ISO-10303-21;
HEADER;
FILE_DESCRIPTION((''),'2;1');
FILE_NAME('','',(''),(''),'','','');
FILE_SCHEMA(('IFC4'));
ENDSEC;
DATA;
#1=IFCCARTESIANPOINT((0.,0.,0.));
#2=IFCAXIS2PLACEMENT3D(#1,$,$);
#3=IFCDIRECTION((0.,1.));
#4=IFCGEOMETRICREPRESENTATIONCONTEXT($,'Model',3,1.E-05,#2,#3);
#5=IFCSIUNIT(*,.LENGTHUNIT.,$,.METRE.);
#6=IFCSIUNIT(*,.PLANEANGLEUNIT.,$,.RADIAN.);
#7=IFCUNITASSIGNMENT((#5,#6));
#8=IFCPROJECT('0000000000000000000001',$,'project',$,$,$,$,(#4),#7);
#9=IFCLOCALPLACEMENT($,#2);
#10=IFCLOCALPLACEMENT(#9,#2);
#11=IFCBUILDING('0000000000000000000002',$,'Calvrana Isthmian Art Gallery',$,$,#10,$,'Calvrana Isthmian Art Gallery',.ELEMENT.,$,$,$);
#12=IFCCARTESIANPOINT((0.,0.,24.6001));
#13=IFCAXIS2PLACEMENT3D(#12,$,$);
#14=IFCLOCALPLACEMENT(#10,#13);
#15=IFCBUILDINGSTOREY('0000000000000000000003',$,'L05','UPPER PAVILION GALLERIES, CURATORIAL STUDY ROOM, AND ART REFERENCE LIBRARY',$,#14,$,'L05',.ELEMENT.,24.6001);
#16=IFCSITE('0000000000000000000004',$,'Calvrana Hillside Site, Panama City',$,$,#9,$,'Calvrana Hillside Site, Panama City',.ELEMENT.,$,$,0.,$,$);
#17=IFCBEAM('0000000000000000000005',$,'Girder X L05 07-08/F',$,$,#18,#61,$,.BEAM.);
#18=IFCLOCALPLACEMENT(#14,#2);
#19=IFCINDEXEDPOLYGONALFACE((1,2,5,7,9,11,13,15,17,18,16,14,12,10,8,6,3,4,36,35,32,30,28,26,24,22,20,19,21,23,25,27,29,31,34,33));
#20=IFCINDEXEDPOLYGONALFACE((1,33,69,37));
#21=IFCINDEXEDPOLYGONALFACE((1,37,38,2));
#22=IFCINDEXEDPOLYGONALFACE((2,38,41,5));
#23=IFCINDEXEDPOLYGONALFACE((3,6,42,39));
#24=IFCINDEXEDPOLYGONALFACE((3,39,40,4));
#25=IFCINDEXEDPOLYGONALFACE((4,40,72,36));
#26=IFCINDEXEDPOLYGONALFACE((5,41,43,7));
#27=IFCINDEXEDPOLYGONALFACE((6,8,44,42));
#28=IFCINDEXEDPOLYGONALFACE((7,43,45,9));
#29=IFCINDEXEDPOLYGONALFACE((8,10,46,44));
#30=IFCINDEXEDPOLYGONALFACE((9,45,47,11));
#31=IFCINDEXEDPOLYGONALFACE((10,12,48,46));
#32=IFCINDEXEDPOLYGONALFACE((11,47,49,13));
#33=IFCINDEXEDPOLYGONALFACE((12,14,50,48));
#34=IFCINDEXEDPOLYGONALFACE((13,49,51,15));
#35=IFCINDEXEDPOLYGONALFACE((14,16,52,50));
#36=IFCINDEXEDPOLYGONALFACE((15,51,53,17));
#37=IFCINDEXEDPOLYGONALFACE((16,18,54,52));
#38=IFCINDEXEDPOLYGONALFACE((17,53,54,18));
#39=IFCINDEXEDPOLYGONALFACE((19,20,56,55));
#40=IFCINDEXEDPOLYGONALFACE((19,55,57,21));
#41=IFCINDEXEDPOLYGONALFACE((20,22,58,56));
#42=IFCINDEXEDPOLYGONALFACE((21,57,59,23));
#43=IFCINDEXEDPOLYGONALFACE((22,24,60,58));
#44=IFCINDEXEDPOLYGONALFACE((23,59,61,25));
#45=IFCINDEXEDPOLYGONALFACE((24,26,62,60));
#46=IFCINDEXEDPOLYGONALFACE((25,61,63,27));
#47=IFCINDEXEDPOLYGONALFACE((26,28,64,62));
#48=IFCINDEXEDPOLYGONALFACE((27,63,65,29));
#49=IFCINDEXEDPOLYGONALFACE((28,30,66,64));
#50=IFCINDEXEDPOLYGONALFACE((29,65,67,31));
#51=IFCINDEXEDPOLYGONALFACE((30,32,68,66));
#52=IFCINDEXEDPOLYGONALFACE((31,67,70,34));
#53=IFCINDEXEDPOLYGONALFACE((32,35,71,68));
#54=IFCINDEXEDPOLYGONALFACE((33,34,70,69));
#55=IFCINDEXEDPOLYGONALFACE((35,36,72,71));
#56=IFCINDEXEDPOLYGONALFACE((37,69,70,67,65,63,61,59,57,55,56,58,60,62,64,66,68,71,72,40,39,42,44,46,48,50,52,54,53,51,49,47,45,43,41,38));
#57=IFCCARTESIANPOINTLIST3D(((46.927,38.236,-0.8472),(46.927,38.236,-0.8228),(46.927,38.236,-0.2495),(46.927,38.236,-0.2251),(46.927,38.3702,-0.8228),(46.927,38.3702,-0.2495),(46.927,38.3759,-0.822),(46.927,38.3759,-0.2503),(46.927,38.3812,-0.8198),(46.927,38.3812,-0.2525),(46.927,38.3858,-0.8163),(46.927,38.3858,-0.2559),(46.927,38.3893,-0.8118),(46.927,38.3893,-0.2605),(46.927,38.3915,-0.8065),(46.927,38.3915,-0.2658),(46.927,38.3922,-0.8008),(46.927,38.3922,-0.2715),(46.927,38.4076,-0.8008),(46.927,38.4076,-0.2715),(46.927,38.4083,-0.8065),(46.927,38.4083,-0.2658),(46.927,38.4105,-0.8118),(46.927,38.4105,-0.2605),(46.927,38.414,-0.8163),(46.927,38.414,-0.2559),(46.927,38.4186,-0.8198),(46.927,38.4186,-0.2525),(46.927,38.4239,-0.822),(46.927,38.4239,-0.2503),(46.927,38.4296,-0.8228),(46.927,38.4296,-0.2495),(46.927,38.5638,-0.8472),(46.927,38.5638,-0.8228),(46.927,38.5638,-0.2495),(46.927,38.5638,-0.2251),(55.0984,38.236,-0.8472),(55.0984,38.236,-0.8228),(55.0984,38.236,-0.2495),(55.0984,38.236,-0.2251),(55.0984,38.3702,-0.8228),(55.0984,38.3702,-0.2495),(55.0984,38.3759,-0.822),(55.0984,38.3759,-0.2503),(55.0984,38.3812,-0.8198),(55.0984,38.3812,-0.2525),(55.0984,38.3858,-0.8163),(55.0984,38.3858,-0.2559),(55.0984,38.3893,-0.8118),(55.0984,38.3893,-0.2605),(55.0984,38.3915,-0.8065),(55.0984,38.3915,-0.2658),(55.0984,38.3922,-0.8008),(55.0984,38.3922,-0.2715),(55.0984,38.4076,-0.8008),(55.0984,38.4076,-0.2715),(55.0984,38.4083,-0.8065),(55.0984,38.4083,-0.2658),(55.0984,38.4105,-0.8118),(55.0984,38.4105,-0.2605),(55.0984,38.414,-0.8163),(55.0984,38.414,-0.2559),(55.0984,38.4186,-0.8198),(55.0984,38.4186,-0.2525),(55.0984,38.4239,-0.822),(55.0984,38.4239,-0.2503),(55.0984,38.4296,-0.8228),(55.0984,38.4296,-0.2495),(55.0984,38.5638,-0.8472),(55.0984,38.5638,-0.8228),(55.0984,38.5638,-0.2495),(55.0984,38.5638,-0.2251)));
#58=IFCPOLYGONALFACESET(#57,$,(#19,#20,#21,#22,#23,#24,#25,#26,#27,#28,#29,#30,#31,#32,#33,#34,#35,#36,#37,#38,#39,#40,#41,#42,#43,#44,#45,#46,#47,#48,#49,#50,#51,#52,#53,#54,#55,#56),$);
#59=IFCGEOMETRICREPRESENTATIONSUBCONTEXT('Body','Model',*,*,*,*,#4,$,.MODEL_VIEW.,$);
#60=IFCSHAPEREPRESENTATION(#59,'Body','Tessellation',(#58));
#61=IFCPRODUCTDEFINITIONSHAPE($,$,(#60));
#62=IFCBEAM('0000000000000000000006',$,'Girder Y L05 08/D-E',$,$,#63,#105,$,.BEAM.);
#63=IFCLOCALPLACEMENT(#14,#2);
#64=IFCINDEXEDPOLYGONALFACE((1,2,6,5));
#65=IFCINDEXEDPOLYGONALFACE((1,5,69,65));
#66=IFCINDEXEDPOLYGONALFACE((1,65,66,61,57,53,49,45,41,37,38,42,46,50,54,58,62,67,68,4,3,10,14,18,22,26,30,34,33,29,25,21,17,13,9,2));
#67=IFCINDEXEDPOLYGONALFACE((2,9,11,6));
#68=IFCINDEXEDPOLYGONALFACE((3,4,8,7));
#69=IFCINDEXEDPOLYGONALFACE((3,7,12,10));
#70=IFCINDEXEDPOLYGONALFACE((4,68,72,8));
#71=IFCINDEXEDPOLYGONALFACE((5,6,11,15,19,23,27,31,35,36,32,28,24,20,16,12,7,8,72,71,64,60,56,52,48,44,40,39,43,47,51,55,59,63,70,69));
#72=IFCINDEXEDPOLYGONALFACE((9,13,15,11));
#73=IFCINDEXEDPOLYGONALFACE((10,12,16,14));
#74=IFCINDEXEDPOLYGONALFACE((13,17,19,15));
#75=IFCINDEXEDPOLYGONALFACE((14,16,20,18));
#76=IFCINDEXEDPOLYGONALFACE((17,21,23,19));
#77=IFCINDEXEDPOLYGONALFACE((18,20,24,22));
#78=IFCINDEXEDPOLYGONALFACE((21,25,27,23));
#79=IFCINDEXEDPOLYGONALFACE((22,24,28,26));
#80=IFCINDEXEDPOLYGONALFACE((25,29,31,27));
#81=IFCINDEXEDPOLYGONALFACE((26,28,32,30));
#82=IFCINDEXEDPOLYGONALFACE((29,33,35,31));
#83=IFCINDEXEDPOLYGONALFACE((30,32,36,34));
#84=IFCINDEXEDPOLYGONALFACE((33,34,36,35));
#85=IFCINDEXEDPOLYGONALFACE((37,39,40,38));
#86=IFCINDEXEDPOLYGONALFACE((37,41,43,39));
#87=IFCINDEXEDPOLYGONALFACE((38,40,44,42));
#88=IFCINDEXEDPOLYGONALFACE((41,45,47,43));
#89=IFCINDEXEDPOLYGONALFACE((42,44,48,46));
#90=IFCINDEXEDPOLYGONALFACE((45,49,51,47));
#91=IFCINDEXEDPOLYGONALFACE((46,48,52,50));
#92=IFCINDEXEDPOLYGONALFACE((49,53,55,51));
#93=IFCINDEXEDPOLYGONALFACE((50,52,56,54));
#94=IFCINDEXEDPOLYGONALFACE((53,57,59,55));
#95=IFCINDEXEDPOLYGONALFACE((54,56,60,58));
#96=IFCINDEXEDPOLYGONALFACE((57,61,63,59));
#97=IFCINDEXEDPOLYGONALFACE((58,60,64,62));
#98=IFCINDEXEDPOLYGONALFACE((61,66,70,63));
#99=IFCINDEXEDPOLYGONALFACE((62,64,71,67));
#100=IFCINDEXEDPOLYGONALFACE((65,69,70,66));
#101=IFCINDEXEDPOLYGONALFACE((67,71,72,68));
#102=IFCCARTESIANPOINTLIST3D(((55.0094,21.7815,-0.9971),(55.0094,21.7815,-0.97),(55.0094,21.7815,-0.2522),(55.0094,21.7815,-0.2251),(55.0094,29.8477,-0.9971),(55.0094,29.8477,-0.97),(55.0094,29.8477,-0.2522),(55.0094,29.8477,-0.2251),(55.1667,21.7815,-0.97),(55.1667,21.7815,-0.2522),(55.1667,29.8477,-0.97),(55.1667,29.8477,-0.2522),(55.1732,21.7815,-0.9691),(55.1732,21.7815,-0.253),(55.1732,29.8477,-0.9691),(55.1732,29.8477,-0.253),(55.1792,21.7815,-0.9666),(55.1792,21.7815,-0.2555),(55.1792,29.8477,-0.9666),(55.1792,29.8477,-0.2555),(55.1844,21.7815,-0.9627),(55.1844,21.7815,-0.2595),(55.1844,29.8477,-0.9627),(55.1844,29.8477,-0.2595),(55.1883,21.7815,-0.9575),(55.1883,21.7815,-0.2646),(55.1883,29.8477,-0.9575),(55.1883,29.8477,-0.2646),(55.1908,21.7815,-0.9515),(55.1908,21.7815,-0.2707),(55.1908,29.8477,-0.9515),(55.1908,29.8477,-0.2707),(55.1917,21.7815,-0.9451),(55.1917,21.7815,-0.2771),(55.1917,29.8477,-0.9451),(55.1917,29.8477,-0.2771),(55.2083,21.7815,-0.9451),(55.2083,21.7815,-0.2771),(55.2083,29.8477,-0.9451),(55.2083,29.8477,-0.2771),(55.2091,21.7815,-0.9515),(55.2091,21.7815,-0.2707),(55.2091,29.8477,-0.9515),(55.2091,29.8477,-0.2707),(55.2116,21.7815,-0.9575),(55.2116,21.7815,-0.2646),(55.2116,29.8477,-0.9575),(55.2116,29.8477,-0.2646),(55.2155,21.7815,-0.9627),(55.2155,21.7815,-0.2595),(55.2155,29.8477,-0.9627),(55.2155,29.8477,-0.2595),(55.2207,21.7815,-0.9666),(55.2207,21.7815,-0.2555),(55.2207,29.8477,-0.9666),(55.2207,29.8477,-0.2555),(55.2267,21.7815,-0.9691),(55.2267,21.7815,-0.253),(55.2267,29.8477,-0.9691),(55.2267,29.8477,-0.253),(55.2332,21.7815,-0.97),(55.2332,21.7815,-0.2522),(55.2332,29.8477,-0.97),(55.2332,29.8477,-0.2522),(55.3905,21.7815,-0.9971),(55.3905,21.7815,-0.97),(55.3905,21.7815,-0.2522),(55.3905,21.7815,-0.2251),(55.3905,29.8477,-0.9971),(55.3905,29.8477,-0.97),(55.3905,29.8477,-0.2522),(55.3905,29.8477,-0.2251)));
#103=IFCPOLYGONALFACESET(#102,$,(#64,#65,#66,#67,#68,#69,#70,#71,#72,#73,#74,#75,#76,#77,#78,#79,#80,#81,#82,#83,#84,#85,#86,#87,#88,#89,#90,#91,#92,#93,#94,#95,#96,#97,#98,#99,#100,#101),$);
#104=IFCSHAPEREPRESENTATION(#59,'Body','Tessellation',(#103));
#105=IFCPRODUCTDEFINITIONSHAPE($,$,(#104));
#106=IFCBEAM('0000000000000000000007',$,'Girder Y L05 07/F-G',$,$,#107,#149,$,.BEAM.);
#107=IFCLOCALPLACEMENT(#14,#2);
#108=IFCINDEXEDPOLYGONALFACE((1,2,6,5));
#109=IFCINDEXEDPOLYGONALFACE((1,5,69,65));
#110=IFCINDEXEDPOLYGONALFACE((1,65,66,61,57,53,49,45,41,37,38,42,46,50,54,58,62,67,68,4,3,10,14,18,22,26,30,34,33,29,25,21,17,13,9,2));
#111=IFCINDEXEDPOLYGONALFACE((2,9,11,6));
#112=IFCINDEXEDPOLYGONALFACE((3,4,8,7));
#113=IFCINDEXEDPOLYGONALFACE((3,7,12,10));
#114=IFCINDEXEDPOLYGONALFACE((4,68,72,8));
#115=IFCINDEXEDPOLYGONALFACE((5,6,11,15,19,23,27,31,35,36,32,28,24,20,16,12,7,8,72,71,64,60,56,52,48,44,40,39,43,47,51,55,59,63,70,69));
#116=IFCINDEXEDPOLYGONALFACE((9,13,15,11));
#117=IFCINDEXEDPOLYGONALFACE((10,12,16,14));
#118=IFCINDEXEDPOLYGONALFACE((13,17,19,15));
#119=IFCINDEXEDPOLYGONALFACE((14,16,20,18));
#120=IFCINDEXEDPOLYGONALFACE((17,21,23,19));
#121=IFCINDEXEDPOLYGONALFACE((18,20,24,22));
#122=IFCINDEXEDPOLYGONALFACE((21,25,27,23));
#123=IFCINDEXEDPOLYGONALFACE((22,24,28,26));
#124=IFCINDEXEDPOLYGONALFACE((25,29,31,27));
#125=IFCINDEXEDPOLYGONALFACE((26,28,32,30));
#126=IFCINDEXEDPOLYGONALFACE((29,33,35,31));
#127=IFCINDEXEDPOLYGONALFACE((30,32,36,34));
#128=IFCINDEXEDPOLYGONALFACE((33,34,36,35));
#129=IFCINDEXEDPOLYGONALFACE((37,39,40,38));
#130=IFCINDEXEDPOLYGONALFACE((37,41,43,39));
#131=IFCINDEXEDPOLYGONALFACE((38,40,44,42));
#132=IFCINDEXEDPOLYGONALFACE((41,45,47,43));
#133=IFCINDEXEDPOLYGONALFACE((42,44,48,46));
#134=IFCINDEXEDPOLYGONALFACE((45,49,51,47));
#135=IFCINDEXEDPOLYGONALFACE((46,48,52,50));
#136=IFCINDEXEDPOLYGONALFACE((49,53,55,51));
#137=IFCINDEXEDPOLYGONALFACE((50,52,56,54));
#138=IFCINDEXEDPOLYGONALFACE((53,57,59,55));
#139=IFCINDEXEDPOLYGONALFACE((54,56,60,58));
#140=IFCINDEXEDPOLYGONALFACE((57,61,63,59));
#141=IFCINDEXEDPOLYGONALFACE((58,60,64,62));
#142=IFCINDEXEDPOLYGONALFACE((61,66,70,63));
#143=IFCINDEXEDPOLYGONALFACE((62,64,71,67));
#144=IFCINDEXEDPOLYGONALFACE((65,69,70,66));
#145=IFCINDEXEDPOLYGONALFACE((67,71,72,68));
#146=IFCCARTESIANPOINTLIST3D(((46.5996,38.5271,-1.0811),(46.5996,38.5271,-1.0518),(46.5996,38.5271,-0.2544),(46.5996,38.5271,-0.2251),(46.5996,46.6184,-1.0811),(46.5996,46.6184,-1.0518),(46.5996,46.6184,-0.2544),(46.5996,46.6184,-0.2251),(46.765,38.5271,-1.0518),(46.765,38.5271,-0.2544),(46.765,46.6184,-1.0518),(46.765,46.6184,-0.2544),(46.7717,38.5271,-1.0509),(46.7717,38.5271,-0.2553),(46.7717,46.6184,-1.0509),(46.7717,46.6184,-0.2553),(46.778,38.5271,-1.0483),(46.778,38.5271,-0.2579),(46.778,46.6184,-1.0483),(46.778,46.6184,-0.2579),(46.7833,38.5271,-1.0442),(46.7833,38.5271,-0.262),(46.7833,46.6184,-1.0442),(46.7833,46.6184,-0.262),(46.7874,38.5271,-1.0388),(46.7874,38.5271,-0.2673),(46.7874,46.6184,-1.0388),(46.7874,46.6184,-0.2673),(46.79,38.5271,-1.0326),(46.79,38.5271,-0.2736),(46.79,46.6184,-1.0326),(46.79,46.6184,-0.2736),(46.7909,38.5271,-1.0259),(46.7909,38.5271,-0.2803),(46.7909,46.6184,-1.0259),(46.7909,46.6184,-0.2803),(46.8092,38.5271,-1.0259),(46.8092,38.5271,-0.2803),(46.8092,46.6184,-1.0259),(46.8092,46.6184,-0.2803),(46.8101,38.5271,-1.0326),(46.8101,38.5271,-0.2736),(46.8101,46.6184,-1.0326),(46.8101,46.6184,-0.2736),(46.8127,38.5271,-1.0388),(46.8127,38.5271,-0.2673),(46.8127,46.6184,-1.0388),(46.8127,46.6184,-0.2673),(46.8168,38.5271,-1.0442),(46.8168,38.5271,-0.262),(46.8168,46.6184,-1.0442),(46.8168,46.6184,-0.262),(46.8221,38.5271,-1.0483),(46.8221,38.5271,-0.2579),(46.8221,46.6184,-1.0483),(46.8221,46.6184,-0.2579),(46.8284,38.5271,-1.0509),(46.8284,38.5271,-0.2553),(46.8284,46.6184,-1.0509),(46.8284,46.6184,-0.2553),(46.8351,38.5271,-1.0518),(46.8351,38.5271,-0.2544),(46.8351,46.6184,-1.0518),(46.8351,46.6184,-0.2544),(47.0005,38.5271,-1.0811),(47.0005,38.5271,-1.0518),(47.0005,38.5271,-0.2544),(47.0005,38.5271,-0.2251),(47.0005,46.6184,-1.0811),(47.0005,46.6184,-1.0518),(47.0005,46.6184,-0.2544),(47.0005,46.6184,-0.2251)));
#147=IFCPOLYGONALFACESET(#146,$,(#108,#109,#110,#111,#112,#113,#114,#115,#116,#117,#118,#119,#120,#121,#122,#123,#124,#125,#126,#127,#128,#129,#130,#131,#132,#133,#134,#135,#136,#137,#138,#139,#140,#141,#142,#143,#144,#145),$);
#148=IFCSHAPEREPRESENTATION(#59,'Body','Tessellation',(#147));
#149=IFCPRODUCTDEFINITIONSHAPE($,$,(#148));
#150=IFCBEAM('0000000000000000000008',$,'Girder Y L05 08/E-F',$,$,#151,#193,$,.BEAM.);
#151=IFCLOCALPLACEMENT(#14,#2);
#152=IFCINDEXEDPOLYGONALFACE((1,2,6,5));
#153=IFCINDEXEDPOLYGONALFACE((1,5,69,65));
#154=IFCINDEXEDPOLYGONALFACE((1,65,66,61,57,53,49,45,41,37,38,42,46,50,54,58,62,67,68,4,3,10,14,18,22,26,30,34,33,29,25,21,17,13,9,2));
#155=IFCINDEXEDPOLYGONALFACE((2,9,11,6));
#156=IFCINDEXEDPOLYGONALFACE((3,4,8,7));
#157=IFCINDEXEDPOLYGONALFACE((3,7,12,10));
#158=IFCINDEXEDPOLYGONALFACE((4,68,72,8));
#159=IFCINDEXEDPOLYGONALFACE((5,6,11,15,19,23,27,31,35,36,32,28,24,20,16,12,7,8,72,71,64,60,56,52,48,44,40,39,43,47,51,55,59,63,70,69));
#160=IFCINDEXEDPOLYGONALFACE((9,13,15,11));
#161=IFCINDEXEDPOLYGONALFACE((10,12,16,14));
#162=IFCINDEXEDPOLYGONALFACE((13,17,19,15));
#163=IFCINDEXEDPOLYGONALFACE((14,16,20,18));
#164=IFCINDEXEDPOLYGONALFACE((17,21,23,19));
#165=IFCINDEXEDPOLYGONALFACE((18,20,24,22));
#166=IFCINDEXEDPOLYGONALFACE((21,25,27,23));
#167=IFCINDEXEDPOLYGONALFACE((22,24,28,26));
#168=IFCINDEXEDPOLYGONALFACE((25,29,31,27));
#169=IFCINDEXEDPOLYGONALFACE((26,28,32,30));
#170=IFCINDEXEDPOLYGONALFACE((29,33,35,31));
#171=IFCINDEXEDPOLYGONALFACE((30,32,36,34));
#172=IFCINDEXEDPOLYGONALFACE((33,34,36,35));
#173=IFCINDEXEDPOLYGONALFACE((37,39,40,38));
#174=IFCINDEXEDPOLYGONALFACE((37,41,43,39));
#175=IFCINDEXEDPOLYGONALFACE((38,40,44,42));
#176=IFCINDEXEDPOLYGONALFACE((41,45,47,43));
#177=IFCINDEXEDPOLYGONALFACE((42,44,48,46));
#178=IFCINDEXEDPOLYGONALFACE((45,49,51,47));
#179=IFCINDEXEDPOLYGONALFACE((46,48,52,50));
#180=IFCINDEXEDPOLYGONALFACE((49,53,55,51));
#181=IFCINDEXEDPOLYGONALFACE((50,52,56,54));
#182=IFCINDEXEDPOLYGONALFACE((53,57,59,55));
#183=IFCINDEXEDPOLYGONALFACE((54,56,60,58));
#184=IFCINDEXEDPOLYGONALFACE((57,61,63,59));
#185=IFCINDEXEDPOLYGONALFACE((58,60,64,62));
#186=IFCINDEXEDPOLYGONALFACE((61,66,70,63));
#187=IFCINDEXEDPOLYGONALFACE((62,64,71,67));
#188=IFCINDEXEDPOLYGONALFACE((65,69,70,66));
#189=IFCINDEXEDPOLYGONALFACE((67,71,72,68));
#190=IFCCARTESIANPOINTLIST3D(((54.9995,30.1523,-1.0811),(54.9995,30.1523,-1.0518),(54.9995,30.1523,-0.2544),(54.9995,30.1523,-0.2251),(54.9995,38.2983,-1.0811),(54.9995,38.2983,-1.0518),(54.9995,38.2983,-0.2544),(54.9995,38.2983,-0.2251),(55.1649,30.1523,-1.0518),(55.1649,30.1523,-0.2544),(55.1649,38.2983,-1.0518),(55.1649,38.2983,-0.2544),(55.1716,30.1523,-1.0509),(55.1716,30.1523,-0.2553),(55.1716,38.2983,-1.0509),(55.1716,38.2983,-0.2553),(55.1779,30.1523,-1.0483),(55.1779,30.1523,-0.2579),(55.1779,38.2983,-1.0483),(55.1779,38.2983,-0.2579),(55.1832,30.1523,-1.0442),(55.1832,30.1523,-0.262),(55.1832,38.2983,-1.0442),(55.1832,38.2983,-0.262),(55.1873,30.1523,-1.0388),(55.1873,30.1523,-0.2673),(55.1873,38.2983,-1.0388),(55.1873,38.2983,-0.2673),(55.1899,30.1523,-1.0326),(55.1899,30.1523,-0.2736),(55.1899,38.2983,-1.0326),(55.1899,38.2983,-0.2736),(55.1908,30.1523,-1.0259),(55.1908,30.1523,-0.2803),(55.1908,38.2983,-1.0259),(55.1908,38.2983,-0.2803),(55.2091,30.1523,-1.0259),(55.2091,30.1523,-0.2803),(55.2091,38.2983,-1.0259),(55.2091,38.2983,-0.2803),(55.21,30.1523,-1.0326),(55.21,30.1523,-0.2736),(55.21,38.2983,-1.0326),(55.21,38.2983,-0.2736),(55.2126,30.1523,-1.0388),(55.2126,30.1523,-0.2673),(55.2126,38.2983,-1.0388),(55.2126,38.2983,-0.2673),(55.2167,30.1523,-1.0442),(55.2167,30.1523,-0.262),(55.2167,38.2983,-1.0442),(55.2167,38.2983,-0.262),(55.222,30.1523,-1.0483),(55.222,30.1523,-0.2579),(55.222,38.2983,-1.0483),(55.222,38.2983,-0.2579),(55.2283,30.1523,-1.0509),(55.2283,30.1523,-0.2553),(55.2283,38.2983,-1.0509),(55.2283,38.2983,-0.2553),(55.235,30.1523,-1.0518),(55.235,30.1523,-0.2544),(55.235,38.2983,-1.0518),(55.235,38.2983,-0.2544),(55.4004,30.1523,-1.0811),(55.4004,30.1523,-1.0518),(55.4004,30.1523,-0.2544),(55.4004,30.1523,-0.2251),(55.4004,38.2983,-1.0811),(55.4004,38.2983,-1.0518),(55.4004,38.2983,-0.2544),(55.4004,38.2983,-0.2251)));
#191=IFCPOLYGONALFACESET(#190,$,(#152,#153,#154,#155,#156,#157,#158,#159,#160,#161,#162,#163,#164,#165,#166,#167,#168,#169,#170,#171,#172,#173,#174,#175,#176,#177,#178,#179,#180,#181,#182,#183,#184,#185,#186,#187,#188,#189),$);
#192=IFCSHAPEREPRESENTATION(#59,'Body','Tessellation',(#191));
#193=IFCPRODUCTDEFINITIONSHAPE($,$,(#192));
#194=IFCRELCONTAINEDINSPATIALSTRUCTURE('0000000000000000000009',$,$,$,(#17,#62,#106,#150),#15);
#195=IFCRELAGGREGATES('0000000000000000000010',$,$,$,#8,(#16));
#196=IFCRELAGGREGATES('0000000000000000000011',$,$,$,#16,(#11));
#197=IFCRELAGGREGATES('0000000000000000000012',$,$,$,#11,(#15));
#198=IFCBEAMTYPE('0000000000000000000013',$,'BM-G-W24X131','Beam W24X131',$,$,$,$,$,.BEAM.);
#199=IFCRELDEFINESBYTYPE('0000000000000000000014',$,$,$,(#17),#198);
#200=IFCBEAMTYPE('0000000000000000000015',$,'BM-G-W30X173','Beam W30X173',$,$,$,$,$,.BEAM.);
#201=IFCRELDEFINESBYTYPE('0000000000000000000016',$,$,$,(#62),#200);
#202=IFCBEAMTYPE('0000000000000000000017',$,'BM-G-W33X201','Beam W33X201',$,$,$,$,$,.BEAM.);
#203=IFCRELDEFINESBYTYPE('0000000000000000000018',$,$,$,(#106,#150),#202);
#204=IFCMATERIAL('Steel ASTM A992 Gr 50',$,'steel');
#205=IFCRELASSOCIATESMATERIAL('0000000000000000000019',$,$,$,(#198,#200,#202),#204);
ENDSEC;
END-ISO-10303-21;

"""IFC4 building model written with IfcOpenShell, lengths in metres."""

from ifc_helpers import new_model, si_unit, direction, frame, origin, origin_2d, place, context, subcontext, project, spatial, i_section, extrude, material, material_profile, profile_set, type_object, element, save


model = new_model("IFC4")

# Units and contexts
model_context = context("Model", 3, precision=1e-05, world=origin(), true_north=direction((0.0, 1.0)))
body_context = subcontext(model_context, "Body", "Model", "MODEL_VIEW")
ifc_project = project(units=[si_unit("LENGTHUNIT", "METRE"), si_unit("PLANEANGLEUNIT", "RADIAN")], contexts=[model_context])

# Site, building, storey
site_placement = place(None, origin())
site = spatial("IfcSite", under=ifc_project, at=site_placement, Name="Calvrana Hillside Site, Panama City", LongName="Calvrana Hillside Site, Panama City", CompositionType="ELEMENT", RefElevation=0.0)
building_placement = place(site_placement, origin())
building = spatial("IfcBuilding", under=site, at=building_placement, Name="Calvrana Isthmian Art Gallery", LongName="Calvrana Isthmian Art Gallery", CompositionType="ELEMENT")
storey_placement = place(building_placement, frame((0.0, 0.0, 24.6001)))
storey = spatial("IfcBuildingStorey", under=building, at=storey_placement, Name="L05", Description="UPPER PAVILION GALLERIES, CURATORIAL STUDY ROOM, AND ART REFERENCE LIBRARY", LongName="L05", CompositionType="ELEMENT", Elevation=24.6001)

# Beams
ifc_material_1 = material(Name="Steel ASTM A992 Gr 50", Category="steel")
ifc_material_profile_1 = material_profile(ifc_material_1, i_section(OverallWidth=0.3279, OverallDepth=0.6221, WebThickness=0.0154, FlangeThickness=0.0244, FilletRadius=0.022, at=origin_2d()), Name="W24X131")
ifc_profile_set_1 = profile_set([ifc_material_profile_1], Name="Steel ASTM A992 Gr 50")
beam_type_1 = type_object("IfcBeamType", Name="BM-G-W24X131", Description="Beam W24X131", PredefinedType="BEAM", material=ifc_profile_set_1)
beam_1_placement = place(storey_placement, frame((46.927, 38.3999, -0.5361), z_axis=(1.0, 0.0, 0.0), x_axis=(0.0, 1.0, 0.0)))
element("IfcBeam", 1, at=beam_1_placement, inside=storey, type_object=beam_type_1, Name="Girder X L05 07-08/F", PredefinedType="BEAM", context=body_context, shape_type="SweptSolid", body=[
    extrude(i_section(OverallWidth=0.3279, OverallDepth=0.6221, WebThickness=0.0154, FlangeThickness=0.0244, FilletRadius=0.022, at=origin_2d()), origin(), (0.0, 0.0, 1.0), 8.1714),
])
ifc_material_profile_2 = material_profile(ifc_material_1, i_section(OverallWidth=0.3811, OverallDepth=0.772, WebThickness=0.0166, FlangeThickness=0.0271, FilletRadius=0.0249, at=origin_2d()), Name="W30X173")
ifc_profile_set_2 = profile_set([ifc_material_profile_2], Name="Steel ASTM A992 Gr 50")
beam_type_2 = type_object("IfcBeamType", Name="BM-G-W30X173", Description="Beam W30X173", PredefinedType="BEAM", material=ifc_profile_set_2)
beam_2_placement = place(storey_placement, frame((55.2, 21.7815, -0.6111), z_axis=(0.0, 1.0, 0.0), x_axis=(-1.0, 0.0, 0.0)))
element("IfcBeam", 2, at=beam_2_placement, inside=storey, type_object=beam_type_2, Name="Girder Y L05 08/D-E", PredefinedType="BEAM", context=body_context, shape_type="SweptSolid", body=[
    extrude(i_section(OverallWidth=0.3811, OverallDepth=0.772, WebThickness=0.0166, FlangeThickness=0.0271, FilletRadius=0.0249, at=origin_2d()), origin(), (0.0, 0.0, 1.0), 8.0662),
])
ifc_material_profile_3 = material_profile(ifc_material_1, i_section(OverallWidth=0.4009, OverallDepth=0.856, WebThickness=0.0183, FlangeThickness=0.0293, FilletRadius=0.0259, at=origin_2d()), Name="W33X201")
ifc_profile_set_3 = profile_set([ifc_material_profile_3], Name="Steel ASTM A992 Gr 50")
beam_type_3 = type_object("IfcBeamType", Name="BM-G-W33X201", Description="Beam W33X201", PredefinedType="BEAM", material=ifc_profile_set_3)
beam_3_placement = place(storey_placement, frame((46.8, 38.5271, -0.6531), z_axis=(0.0, 1.0, 0.0), x_axis=(-1.0, 0.0, 0.0)))
element("IfcBeam", 3, at=beam_3_placement, inside=storey, type_object=beam_type_3, Name="Girder Y L05 07/F-G", PredefinedType="BEAM", context=body_context, shape_type="SweptSolid", body=[
    extrude(i_section(OverallWidth=0.4009, OverallDepth=0.856, WebThickness=0.0183, FlangeThickness=0.0293, FilletRadius=0.0259, at=origin_2d()), origin(), (0.0, 0.0, 1.0), 8.0913),
])
beam_4_placement = place(storey_placement, frame((55.2, 30.1523, -0.6531), z_axis=(0.0, 1.0, 0.0), x_axis=(-1.0, 0.0, 0.0)))
element("IfcBeam", 4, at=beam_4_placement, inside=storey, type_object=beam_type_3, Name="Girder Y L05 08/E-F", PredefinedType="BEAM", context=body_context, shape_type="SweptSolid", body=[
    extrude(i_section(OverallWidth=0.4009, OverallDepth=0.856, WebThickness=0.0183, FlangeThickness=0.0293, FilletRadius=0.0259, at=origin_2d()), origin(), (0.0, 0.0, 1.0), 8.146),
])

save(model, "model.ifc")
